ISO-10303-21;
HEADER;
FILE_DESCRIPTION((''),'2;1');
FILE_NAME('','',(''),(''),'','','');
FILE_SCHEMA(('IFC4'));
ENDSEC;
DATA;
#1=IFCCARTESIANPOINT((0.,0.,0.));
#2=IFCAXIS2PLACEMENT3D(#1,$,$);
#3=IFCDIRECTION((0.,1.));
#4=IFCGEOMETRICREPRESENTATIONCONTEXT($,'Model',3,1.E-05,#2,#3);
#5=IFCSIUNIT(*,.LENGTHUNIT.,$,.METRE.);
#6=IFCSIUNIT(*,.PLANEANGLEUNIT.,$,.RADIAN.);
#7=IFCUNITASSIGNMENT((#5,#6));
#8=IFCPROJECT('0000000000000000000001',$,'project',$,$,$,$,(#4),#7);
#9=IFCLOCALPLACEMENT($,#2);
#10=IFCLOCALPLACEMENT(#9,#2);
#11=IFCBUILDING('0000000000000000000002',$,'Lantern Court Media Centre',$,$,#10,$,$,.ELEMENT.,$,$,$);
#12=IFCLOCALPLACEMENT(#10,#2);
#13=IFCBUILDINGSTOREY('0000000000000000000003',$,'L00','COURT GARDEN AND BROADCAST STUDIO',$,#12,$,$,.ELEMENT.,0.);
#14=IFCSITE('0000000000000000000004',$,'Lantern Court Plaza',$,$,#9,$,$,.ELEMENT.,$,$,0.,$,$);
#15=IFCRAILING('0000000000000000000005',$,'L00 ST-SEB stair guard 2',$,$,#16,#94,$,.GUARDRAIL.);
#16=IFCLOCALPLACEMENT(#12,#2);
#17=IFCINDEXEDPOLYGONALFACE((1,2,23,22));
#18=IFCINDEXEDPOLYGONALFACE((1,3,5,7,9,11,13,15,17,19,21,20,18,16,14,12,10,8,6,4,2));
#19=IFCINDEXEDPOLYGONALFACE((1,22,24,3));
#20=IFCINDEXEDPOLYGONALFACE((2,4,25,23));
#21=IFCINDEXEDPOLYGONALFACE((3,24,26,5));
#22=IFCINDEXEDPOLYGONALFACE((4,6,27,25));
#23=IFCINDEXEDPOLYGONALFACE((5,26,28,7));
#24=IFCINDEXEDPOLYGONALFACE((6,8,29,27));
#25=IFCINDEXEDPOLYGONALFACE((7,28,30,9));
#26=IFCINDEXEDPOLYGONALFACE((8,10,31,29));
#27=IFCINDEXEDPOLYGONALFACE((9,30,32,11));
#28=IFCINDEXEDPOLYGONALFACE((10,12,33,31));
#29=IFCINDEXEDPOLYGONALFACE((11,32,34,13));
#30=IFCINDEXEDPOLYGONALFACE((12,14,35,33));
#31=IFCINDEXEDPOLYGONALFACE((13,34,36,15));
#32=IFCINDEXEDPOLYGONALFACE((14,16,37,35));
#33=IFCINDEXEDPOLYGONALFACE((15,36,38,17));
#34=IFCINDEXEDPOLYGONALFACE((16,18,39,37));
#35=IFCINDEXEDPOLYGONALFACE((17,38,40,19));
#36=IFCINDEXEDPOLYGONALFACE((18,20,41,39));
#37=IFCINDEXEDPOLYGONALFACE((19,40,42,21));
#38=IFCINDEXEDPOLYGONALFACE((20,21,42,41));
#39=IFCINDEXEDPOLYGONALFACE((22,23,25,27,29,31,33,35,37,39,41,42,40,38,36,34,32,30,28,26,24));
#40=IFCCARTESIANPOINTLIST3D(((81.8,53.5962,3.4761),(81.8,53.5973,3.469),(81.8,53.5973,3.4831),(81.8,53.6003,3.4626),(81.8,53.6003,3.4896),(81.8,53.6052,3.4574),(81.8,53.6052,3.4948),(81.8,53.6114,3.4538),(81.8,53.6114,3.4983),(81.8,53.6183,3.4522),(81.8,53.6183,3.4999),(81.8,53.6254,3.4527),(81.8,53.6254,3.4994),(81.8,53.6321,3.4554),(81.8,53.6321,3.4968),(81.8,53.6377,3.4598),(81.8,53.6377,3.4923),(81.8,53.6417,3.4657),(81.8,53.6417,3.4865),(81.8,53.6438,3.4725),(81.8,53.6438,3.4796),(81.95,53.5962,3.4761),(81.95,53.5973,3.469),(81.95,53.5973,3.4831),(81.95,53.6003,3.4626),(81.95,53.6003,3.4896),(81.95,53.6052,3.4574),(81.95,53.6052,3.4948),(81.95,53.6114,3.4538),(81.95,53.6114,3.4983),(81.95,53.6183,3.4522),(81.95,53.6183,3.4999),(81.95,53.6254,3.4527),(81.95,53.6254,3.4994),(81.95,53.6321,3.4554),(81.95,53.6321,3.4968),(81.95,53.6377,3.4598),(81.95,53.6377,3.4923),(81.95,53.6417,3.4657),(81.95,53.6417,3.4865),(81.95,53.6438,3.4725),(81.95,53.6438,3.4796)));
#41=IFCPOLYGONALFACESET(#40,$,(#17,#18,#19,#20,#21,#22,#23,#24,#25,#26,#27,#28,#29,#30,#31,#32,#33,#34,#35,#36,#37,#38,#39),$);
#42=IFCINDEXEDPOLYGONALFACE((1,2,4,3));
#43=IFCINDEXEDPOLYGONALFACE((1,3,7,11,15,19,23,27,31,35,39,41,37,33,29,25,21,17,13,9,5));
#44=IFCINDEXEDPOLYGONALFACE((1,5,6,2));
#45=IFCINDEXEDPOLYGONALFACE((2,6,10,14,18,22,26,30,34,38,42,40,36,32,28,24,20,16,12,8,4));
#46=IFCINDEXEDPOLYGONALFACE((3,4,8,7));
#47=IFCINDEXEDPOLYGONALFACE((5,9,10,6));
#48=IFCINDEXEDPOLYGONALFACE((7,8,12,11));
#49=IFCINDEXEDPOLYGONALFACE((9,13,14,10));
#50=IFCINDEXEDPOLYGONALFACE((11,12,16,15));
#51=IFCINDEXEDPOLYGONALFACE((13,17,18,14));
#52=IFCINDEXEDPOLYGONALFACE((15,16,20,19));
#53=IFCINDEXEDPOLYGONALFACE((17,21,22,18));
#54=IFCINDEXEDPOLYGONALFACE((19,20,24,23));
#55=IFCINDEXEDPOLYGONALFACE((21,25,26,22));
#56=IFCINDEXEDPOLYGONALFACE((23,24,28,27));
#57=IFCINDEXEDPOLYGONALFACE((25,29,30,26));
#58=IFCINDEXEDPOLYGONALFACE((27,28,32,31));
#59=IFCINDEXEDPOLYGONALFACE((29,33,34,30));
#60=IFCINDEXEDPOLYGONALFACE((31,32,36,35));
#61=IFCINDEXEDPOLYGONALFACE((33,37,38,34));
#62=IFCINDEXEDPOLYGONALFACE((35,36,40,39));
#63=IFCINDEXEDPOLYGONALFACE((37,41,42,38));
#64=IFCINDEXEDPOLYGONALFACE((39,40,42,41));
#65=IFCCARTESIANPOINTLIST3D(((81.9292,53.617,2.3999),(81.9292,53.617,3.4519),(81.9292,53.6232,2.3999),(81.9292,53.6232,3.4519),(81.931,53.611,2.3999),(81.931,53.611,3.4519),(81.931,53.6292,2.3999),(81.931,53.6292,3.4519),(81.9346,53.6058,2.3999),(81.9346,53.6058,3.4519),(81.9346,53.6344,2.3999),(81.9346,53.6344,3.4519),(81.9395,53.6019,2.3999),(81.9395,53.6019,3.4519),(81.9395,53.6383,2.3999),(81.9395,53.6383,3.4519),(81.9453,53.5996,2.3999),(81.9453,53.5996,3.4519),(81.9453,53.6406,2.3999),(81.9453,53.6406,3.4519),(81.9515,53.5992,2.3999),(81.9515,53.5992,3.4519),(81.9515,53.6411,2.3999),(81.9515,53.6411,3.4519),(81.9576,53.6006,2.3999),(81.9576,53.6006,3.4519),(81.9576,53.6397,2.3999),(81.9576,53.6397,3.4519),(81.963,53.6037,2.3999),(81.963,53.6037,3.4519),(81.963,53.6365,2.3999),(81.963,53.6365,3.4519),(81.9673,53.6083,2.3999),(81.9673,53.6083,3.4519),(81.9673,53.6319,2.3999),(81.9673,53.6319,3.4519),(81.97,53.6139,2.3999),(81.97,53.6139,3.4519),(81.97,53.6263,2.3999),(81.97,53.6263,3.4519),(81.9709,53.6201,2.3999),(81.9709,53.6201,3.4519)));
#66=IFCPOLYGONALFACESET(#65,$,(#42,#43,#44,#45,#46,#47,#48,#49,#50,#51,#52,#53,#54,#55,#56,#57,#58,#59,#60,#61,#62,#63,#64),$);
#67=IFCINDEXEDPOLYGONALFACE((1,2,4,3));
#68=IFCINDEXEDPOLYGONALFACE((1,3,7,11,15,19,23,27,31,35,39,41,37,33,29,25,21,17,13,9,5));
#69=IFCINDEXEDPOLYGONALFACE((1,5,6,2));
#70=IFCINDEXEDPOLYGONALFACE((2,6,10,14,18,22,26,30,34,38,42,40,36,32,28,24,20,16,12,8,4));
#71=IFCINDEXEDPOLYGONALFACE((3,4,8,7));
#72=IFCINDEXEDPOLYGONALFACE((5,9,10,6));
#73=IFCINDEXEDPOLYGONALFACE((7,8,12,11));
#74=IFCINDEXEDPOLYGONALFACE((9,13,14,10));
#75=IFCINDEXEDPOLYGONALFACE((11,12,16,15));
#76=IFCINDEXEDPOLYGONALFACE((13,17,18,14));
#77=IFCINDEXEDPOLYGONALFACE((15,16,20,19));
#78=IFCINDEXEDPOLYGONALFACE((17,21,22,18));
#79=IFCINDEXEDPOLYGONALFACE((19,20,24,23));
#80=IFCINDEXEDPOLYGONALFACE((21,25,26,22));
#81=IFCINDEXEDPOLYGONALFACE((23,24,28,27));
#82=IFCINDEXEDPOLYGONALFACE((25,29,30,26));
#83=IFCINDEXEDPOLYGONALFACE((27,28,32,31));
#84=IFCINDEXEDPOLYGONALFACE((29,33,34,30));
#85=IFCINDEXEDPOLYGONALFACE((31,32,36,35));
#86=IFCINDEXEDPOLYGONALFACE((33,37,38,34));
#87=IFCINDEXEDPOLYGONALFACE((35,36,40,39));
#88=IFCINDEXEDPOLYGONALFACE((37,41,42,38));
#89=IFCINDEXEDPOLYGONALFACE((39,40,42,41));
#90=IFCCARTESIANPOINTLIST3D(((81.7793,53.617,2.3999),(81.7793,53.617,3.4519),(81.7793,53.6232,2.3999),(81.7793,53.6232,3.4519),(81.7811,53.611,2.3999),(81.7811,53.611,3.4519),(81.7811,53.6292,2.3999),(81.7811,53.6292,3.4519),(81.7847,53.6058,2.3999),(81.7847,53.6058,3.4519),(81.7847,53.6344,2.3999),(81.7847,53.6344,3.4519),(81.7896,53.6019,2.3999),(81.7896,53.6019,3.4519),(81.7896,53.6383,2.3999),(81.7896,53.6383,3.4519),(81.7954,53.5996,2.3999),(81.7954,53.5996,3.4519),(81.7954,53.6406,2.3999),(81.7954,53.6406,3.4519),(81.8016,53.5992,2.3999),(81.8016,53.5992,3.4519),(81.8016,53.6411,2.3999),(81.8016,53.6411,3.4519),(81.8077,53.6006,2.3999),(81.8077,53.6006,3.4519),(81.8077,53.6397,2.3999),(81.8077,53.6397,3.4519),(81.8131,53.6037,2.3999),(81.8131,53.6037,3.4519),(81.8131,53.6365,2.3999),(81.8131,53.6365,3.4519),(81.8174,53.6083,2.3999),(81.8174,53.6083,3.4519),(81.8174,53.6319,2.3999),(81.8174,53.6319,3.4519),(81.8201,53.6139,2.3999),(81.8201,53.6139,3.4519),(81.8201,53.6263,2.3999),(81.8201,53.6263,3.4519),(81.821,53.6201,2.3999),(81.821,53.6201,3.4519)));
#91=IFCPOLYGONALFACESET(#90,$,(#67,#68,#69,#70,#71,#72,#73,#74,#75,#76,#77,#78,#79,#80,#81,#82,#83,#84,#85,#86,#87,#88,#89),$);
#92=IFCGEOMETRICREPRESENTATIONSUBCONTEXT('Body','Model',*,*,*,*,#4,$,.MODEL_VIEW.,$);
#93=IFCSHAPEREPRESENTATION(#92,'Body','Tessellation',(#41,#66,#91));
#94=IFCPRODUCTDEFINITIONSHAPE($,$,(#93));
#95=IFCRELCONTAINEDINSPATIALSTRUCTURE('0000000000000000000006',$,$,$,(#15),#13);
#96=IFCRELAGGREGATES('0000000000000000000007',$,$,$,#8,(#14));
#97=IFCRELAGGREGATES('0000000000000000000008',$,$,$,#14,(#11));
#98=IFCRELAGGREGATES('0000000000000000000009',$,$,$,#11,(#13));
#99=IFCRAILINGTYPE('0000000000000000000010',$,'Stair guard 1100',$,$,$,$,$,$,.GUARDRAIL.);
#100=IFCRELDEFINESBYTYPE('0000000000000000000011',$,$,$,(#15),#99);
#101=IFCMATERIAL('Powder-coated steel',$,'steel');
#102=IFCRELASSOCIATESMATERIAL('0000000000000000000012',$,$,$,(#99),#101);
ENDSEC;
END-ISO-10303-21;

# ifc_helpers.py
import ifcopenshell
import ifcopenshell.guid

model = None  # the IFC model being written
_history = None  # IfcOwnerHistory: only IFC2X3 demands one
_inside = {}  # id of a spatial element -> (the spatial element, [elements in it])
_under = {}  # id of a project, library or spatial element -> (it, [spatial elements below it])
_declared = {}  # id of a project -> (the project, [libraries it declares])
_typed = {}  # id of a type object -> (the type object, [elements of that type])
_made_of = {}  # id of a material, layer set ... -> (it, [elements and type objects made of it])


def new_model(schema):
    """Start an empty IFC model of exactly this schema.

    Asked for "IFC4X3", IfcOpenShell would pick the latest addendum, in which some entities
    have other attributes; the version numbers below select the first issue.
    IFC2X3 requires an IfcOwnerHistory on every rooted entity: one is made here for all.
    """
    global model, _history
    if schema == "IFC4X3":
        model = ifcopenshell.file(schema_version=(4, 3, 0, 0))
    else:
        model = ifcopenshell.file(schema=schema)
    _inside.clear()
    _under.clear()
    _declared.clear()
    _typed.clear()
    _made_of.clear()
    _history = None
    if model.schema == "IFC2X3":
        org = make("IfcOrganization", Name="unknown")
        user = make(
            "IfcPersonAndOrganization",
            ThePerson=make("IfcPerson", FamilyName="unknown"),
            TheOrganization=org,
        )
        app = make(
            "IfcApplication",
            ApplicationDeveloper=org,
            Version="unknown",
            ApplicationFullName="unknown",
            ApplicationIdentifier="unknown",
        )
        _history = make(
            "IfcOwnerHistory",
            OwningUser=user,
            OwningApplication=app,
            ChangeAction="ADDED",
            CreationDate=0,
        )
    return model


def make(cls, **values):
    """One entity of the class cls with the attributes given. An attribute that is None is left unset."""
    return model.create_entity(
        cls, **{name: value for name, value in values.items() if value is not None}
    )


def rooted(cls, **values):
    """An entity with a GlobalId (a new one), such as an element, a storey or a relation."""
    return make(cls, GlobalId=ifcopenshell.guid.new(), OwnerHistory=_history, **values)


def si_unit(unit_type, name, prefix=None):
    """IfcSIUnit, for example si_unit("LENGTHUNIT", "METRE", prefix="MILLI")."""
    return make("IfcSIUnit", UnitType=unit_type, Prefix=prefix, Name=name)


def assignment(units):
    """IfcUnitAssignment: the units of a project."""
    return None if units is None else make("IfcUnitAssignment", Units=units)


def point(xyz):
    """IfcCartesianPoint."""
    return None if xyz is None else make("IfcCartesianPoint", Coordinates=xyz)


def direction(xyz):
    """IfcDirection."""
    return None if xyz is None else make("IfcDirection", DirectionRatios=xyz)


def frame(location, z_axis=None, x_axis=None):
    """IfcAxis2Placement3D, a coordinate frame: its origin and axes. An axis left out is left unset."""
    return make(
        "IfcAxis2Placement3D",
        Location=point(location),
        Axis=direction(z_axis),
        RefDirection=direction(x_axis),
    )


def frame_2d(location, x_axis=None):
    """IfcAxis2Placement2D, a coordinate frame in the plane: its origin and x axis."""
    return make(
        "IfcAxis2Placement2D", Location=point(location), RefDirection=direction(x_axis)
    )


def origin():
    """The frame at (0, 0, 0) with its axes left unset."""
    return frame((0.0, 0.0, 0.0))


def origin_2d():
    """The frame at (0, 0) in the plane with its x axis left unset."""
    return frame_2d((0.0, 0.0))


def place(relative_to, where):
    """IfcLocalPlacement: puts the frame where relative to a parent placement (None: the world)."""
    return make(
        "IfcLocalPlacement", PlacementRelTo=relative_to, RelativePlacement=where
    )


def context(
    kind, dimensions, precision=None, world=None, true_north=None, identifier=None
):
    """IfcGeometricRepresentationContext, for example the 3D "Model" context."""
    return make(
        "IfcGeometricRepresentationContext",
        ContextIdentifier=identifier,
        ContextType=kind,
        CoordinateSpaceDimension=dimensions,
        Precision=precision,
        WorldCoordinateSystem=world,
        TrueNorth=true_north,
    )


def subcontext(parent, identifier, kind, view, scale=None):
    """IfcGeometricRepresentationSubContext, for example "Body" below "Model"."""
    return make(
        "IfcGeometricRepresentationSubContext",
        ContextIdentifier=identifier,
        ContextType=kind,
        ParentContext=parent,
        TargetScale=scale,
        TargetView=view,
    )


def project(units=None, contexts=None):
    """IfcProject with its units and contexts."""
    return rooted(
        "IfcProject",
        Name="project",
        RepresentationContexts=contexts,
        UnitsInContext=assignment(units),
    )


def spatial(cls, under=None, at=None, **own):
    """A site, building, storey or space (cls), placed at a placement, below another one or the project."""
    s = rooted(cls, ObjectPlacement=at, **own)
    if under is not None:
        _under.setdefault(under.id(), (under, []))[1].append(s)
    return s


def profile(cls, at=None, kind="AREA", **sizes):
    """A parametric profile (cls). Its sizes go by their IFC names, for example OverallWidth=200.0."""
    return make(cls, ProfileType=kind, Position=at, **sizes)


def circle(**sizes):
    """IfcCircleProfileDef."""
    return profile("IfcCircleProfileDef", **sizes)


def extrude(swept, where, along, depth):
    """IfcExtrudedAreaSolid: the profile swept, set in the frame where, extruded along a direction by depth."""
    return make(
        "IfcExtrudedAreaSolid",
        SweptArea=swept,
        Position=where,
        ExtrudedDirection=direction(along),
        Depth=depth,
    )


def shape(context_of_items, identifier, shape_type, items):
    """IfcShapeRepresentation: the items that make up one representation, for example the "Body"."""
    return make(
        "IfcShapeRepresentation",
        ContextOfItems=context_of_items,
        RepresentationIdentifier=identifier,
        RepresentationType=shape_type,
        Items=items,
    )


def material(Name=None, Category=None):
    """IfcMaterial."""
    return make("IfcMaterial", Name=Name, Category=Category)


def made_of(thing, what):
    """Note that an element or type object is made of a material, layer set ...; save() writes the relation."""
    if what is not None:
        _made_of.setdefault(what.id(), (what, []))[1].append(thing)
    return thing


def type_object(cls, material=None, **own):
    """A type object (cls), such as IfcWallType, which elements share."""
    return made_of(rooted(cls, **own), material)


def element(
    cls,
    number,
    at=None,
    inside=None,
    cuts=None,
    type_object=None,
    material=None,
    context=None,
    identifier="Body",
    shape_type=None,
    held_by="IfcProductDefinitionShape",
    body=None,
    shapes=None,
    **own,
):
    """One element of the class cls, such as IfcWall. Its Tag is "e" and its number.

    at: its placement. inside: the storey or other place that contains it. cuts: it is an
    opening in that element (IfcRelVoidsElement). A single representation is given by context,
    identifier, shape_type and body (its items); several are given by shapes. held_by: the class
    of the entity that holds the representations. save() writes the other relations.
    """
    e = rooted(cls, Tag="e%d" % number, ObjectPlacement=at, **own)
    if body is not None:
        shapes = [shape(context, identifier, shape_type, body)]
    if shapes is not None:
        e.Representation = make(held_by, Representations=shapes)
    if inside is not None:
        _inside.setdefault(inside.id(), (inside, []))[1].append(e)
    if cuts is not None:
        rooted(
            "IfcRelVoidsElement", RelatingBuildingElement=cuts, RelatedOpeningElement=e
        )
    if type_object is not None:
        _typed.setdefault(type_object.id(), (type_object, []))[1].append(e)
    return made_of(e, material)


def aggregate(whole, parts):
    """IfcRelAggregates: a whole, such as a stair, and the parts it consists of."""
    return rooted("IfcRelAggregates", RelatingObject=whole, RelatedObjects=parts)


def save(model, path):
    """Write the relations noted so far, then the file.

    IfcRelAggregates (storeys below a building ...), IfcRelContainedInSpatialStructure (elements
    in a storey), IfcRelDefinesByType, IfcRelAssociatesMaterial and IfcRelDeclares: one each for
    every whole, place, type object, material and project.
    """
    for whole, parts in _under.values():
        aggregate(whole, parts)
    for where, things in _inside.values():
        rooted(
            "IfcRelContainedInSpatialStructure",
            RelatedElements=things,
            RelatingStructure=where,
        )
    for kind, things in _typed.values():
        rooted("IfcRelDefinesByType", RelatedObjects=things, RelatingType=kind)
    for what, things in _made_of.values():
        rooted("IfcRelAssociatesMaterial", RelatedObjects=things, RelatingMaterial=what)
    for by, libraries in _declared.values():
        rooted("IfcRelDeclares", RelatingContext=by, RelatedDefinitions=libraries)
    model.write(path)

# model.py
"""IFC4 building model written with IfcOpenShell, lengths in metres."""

from ifc_helpers import new_model, si_unit, direction, frame, origin, origin_2d, place, context, subcontext, project, spatial, circle, extrude, material, type_object, element, save


model = new_model("IFC4")

# Units and contexts
model_context = context("Model", 3, precision=1e-05, world=origin(), true_north=direction((0.0, 1.0)))
body_context = subcontext(model_context, "Body", "Model", "MODEL_VIEW")
ifc_project = project(units=[si_unit("LENGTHUNIT", "METRE"), si_unit("PLANEANGLEUNIT", "RADIAN")], contexts=[model_context])

# Site, building, storey
site_placement = place(None, origin())
site = spatial("IfcSite", under=ifc_project, at=site_placement, Name="Lantern Court Plaza", CompositionType="ELEMENT", RefElevation=0.0)
building_placement = place(site_placement, origin())
building = spatial("IfcBuilding", under=site, at=building_placement, Name="Lantern Court Media Centre", CompositionType="ELEMENT")
storey_placement = place(building_placement, origin())
storey = spatial("IfcBuildingStorey", under=building, at=storey_placement, Name="L00", Description="COURT GARDEN AND BROADCAST STUDIO", CompositionType="ELEMENT", Elevation=0.0)

# Railing
ifc_material_1 = material(Name="Powder-coated steel", Category="steel")
railing_type_1 = type_object("IfcRailingType", Name="Stair guard 1100", PredefinedType="GUARDRAIL", material=ifc_material_1)
railing_1_placement = place(storey_placement, frame((81.95, 53.6201, 2.3999)))
element("IfcRailing", 1, at=railing_1_placement, inside=storey, type_object=railing_type_1, Name="L00 ST-SEB stair guard 2", PredefinedType="GUARDRAIL", context=body_context, shape_type="SweptSolid", body=[
    extrude(circle(Radius=0.0239, at=origin_2d()), frame((0.0, 0.0, 1.0762), z_axis=(-1.0, 0.0, 0.0), x_axis=(0.0, -1.0, 0.0)), (0.0, 0.0, 1.0), 0.1499),
    extrude(circle(Radius=0.021, at=origin_2d()), origin(), (0.0, 0.0, 1.0), 1.052),
    extrude(circle(Radius=0.021, at=origin_2d()), frame((-0.1499, 0.0, 0.0)), (0.0, 0.0, 1.0), 1.052),
])

save(model, "model.ifc")
